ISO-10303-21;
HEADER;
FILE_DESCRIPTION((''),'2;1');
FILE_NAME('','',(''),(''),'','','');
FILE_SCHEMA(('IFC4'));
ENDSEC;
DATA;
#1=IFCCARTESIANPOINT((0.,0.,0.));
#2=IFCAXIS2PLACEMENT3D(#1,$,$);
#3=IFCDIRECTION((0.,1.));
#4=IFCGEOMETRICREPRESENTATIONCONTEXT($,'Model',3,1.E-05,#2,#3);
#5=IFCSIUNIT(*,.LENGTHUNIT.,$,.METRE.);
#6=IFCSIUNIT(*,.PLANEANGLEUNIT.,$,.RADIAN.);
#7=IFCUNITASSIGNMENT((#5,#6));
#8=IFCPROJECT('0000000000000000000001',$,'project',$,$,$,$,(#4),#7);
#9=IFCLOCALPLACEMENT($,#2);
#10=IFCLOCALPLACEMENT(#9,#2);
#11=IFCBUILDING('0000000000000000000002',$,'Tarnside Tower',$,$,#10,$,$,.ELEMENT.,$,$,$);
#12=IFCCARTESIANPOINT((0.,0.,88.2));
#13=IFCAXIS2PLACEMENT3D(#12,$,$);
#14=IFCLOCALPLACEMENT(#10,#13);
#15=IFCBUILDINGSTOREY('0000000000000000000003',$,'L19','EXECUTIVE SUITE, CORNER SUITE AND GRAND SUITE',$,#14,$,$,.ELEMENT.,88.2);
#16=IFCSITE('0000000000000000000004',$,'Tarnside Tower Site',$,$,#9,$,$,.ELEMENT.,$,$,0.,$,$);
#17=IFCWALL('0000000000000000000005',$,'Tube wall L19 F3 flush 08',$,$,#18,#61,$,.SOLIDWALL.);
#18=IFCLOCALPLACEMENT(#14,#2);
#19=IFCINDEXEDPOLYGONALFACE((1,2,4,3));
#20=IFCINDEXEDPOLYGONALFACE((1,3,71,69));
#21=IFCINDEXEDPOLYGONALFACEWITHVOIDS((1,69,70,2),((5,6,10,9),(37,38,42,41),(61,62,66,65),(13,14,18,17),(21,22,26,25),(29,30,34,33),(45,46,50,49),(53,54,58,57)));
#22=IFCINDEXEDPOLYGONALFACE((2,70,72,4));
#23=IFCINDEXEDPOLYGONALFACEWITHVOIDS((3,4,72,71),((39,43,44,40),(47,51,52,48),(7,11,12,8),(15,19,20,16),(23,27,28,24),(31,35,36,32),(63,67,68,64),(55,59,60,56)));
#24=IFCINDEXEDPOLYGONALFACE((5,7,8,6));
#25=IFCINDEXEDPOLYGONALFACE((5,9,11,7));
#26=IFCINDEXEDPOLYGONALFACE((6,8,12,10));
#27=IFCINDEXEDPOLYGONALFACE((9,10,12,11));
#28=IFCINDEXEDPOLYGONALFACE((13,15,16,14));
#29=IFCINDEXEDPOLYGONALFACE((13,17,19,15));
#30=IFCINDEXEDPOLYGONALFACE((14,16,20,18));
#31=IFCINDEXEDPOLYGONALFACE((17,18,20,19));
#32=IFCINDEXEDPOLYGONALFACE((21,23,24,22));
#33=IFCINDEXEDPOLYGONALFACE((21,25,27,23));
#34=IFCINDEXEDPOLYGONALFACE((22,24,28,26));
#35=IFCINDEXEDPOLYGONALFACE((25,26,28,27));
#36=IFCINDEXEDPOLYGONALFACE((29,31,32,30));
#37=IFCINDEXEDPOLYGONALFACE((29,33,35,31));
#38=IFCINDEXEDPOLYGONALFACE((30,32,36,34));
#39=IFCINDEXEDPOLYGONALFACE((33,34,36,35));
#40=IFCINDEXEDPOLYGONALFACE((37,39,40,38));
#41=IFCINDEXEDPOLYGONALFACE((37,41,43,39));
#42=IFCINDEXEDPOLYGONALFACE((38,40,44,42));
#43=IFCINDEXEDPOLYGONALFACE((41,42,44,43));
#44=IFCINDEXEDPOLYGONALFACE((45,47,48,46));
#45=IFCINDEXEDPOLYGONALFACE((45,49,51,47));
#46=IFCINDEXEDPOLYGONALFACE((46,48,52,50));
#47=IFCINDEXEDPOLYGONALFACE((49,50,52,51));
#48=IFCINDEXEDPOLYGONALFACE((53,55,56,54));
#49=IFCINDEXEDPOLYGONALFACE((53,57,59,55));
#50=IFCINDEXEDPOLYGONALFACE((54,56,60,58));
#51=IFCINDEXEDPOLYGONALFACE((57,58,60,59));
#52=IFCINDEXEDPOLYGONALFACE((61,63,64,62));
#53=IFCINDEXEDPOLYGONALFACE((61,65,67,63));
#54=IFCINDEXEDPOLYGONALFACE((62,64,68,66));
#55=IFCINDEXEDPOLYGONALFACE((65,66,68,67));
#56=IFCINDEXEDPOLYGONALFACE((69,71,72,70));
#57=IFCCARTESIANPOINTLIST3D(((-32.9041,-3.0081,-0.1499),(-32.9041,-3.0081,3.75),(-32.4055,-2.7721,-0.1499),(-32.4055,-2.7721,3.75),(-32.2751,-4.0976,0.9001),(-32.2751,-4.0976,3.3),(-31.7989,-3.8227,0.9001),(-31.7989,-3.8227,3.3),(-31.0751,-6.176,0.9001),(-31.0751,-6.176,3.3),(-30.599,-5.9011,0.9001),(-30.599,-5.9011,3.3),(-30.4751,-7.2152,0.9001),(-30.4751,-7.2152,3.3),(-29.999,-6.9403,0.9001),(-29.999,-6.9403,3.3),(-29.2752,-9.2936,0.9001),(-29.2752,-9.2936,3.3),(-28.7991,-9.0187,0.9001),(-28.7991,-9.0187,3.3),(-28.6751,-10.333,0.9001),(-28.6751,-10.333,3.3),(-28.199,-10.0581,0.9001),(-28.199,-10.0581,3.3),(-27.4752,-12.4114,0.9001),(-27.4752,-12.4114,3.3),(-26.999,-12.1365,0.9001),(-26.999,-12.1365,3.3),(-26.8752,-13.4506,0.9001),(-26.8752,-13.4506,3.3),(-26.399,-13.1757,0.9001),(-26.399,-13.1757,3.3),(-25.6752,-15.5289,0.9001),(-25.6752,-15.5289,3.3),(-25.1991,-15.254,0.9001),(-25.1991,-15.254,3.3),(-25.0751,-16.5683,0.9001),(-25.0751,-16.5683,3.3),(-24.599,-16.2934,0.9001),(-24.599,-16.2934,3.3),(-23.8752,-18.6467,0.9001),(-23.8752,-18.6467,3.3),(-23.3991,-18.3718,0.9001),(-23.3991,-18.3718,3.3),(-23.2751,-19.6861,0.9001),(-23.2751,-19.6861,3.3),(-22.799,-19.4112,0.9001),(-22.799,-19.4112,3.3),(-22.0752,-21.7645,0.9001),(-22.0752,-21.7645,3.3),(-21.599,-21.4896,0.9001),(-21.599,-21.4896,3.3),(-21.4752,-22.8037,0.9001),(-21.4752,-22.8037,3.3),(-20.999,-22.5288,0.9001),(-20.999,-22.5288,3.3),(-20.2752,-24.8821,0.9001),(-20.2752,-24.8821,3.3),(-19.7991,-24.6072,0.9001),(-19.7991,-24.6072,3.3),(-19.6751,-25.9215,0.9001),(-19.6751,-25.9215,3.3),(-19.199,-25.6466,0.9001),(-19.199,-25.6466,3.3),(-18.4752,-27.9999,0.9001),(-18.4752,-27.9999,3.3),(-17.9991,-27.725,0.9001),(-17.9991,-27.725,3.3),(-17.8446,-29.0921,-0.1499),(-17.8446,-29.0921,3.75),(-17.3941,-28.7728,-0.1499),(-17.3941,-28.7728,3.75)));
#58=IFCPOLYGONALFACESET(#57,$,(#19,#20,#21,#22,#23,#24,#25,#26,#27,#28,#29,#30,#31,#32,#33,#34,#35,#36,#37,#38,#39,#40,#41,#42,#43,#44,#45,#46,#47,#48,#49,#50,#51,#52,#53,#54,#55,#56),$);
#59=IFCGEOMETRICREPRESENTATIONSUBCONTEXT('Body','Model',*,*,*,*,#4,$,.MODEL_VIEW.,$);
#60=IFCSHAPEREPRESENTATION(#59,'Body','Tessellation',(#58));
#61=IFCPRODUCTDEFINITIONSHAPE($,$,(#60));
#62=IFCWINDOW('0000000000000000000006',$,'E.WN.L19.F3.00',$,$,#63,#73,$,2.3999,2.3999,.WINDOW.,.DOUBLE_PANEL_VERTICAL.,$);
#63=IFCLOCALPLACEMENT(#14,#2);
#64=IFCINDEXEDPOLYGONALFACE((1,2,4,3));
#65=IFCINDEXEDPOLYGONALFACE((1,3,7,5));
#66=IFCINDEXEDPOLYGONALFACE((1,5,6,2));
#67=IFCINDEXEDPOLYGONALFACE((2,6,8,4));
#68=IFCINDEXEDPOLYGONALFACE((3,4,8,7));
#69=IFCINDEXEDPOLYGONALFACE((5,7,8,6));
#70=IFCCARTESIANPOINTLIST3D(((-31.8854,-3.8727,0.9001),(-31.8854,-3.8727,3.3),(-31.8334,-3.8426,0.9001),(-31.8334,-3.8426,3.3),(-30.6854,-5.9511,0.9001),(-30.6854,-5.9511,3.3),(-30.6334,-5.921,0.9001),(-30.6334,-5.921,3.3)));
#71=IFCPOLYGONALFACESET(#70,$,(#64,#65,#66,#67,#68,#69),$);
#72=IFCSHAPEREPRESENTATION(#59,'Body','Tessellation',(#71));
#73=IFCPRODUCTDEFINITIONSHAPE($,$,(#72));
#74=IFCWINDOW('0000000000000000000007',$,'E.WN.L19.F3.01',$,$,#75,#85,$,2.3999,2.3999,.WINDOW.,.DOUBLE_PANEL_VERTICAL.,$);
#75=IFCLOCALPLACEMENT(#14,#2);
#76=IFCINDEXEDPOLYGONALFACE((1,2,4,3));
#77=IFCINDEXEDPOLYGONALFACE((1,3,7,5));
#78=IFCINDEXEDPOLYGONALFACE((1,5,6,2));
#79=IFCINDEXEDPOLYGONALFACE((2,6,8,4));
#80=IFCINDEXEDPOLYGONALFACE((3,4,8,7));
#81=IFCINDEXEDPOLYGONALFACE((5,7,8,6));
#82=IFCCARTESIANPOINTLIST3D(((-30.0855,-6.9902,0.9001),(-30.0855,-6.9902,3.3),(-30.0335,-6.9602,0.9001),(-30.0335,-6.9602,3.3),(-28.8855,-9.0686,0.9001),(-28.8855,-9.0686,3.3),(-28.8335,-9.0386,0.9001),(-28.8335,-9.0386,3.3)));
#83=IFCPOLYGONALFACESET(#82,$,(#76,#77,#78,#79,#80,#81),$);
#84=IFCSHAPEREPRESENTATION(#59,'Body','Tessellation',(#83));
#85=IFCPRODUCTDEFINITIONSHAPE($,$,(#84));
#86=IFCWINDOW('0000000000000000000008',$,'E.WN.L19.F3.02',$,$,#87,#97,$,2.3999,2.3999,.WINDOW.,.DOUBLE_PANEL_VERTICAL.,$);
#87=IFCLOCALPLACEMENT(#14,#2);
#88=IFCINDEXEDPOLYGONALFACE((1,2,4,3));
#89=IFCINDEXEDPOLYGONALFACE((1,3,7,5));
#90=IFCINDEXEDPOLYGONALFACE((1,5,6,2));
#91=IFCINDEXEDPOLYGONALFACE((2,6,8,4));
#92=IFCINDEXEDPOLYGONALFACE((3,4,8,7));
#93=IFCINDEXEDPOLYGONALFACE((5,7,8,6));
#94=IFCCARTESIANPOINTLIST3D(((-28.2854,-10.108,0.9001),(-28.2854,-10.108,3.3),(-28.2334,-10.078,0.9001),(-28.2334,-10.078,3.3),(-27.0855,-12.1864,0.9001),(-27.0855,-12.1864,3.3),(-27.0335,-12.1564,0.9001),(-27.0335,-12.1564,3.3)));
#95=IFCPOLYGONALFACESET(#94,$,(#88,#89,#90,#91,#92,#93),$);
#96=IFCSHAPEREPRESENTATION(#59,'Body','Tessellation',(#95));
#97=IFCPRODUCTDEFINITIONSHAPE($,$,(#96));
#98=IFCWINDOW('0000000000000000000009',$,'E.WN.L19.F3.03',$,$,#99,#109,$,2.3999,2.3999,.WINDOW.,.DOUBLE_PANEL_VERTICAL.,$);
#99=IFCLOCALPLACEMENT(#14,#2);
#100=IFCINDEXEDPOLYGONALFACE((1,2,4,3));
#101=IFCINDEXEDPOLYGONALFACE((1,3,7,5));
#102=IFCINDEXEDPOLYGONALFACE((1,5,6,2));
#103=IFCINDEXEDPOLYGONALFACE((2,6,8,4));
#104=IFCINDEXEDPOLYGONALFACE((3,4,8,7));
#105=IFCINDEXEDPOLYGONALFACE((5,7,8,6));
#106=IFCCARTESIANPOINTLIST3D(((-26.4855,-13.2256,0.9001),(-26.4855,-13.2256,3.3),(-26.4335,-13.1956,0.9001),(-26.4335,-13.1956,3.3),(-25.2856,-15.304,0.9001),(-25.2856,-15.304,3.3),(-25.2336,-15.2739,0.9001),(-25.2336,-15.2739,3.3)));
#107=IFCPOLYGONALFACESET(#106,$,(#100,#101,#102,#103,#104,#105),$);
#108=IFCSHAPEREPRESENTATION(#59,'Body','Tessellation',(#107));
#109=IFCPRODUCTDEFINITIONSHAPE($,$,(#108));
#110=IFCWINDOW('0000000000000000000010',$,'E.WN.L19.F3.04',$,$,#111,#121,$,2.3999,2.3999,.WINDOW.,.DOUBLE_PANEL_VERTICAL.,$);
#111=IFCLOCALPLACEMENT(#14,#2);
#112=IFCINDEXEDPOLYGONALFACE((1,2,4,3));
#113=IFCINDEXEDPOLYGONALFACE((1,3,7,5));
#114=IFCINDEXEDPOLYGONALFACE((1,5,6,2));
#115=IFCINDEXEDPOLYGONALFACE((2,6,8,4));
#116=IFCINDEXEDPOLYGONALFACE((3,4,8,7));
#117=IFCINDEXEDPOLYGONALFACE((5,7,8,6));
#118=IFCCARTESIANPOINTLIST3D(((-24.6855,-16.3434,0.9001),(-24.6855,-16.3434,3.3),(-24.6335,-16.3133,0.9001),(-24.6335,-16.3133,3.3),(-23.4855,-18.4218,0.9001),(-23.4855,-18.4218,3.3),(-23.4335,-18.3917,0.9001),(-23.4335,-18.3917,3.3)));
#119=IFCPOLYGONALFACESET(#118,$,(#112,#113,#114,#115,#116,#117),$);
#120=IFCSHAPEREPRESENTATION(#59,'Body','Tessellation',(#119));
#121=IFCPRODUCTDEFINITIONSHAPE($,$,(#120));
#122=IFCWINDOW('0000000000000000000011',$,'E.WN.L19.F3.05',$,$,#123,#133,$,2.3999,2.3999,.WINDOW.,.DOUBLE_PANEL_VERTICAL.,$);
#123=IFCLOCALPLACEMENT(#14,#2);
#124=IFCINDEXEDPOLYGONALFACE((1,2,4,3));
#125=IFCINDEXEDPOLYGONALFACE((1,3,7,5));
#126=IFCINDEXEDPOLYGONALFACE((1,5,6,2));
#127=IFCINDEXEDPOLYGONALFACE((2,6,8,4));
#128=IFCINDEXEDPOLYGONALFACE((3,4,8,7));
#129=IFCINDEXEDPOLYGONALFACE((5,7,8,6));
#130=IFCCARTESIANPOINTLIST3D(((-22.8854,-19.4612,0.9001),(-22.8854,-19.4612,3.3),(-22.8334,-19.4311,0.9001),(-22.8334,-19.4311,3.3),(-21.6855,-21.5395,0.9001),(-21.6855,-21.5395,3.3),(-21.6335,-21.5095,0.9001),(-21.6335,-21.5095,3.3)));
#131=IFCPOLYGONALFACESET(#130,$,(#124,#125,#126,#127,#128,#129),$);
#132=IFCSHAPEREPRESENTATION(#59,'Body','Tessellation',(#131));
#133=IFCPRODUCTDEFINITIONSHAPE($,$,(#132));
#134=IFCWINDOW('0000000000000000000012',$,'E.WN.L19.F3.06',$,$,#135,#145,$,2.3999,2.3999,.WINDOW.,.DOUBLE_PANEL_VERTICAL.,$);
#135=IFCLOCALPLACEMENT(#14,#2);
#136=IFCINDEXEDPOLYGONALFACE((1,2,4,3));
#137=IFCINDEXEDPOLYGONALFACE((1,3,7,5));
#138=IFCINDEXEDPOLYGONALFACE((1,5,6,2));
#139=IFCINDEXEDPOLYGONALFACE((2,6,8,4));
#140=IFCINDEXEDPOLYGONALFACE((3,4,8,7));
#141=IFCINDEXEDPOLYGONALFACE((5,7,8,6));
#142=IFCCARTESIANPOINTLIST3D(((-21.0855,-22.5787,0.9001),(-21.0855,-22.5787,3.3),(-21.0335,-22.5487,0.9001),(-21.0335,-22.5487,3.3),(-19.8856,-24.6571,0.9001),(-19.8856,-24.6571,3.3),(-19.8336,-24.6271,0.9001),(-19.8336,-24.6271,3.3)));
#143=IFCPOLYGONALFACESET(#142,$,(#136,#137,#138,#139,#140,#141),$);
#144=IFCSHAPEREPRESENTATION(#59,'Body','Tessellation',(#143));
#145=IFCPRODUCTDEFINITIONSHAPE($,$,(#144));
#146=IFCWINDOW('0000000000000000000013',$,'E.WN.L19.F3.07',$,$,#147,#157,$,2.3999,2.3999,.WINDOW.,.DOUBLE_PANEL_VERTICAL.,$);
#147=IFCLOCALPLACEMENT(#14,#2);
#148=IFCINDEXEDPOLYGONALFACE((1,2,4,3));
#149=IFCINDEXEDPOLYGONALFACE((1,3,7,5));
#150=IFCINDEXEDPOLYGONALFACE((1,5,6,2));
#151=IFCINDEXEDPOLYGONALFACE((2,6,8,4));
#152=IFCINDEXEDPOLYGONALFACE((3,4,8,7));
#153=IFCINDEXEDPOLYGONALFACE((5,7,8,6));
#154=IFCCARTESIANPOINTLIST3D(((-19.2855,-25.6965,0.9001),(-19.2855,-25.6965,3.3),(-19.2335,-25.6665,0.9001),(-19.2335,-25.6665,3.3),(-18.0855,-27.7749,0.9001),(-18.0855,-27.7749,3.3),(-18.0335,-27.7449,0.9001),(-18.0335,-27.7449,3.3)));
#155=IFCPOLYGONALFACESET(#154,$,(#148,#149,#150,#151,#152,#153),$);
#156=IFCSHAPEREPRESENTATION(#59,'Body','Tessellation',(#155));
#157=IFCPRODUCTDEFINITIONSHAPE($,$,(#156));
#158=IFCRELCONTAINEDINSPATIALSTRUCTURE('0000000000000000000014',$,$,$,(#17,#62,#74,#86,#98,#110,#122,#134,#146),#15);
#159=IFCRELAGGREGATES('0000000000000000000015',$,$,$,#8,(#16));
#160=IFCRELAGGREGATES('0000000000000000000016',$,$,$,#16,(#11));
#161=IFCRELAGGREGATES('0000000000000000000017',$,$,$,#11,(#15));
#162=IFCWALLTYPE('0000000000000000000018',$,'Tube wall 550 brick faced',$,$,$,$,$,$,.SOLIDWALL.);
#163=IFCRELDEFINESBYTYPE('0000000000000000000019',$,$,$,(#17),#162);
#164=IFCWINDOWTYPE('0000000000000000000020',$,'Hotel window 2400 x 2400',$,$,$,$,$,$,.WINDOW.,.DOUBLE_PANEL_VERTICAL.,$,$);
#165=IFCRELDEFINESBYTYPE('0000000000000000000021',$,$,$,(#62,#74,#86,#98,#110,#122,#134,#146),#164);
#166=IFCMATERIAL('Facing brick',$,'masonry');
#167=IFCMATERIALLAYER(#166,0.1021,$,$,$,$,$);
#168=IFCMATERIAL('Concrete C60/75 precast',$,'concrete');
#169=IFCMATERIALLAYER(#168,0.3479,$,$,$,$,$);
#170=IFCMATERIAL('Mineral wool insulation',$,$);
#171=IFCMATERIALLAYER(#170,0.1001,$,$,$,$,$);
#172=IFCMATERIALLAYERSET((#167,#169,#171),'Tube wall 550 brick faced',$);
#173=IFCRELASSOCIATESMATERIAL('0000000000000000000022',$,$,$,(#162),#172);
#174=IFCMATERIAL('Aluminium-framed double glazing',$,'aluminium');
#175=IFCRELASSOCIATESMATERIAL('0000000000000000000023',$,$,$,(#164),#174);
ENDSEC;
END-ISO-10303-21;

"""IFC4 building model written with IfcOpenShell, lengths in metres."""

from ifc_helpers import new_model, si_unit, direction, frame, frame_2d, origin, place, context, subcontext, project, spatial, polyline, rectangle, outline, extrude, material, layer, layer_set, type_object, element, fill, save


model = new_model("IFC4")

# Units and contexts
model_context = context("Model", 3, precision=1e-05, world=origin(), true_north=direction((0.0, 1.0)))
body_context = subcontext(model_context, "Body", "Model", "MODEL_VIEW")
ifc_project = project(units=[si_unit("LENGTHUNIT", "METRE"), si_unit("PLANEANGLEUNIT", "RADIAN")], contexts=[model_context])

# Site, building, storey
site_placement = place(None, origin())
site = spatial("IfcSite", under=ifc_project, at=site_placement, Name="Tarnside Tower Site", CompositionType="ELEMENT", RefElevation=0.0)
building_placement = place(site_placement, origin())
building = spatial("IfcBuilding", under=site, at=building_placement, Name="Tarnside Tower", CompositionType="ELEMENT")
storey_placement = place(building_placement, frame((0.0, 0.0, 88.2)))
storey = spatial("IfcBuildingStorey", under=building, at=storey_placement, Name="L19", Description="EXECUTIVE SUITE, CORNER SUITE AND GRAND SUITE", CompositionType="ELEMENT", Elevation=88.2)

# Shared definitions
ifc_material_1 = material(Name="Facing brick", Category="masonry")
ifc_layer_1 = layer(ifc_material_1, 0.1021)
ifc_material_2 = material(Name="Concrete C60/75 precast", Category="concrete")
ifc_layer_2 = layer(ifc_material_2, 0.3479)
ifc_material_3 = material(Name="Mineral wool insulation")
ifc_layer_3 = layer(ifc_material_3, 0.1001)
ifc_layer_set_1 = layer_set([ifc_layer_1, ifc_layer_2, ifc_layer_3], Name="Tube wall 550 brick faced")
wall_type_1 = type_object("IfcWallType", Name="Tube wall 550 brick faced", PredefinedType="SOLIDWALL", material=ifc_layer_set_1)

# Wall, openings, windows
wall_1_placement = place(storey_placement, frame((-32.6548, -2.8901, -0.1499), z_axis=(0.0, 0.0, 1.0), x_axis=(0.499998, -0.866027, 0.0)))
wall_1 = element("IfcWall", 1, at=wall_1_placement, inside=storey, type_object=wall_type_1, Name="Tube wall L19 F3 flush 08", PredefinedType="SOLIDWALL", context=body_context, shape_type="SweptSolid", body=[
    extrude(outline(polyline([(-0.0225, -0.2749), (30.0967, -0.2749), (30.0454, 0.2749), (0.0225, 0.2749), (-0.0225, -0.2749)])), origin(), (0.0, 0.0, 1.0), 3.8999),
])
opening_1_placement = place(wall_1_placement, frame((1.2356, 0.0, 1.05)))
opening_1 = element("IfcOpeningElement", 2, at=opening_1_placement, cuts=wall_1, PredefinedType="OPENING", context=body_context, shape_type="SweptSolid", body=[
    extrude(rectangle(XDim=2.3999, YDim=2.3999, at=frame_2d((1.2, 1.2))), frame((0.0, 0.2852, 0.0), z_axis=(0.0, -1.0, 0.0), x_axis=(1.0, 0.0, 0.0)), (0.0, 0.0, 1.0), 0.5701),
])
opening_2_placement = place(wall_1_placement, frame((4.8354, 0.0, 1.05)))
opening_2 = element("IfcOpeningElement", 3, at=opening_2_placement, cuts=wall_1, PredefinedType="OPENING", context=body_context, shape_type="SweptSolid", body=[
    extrude(rectangle(XDim=2.3999, YDim=2.3999, at=frame_2d((1.2, 1.2))), frame((0.0, 0.2852, 0.0), z_axis=(0.0, -1.0, 0.0), x_axis=(1.0, 0.0, 0.0)), (0.0, 0.0, 1.0), 0.5701),
])
opening_3_placement = place(wall_1_placement, frame((8.4355, 0.0, 1.05)))
opening_3 = element("IfcOpeningElement", 4, at=opening_3_placement, cuts=wall_1, PredefinedType="OPENING", context=body_context, shape_type="SweptSolid", body=[
    extrude(rectangle(XDim=2.3999, YDim=2.3999, at=frame_2d((1.2, 1.2))), frame((0.0, 0.2852, 0.0), z_axis=(0.0, -1.0, 0.0), x_axis=(1.0, 0.0, 0.0)), (0.0, 0.0, 1.0), 0.5701),
])
opening_4_placement = place(wall_1_placement, frame((12.0354, 0.0, 1.05)))
opening_4 = element("IfcOpeningElement", 5, at=opening_4_placement, cuts=wall_1, PredefinedType="OPENING", context=body_context, shape_type="SweptSolid", body=[
    extrude(rectangle(XDim=2.3999, YDim=2.3999, at=frame_2d((1.2, 1.2))), frame((0.0, 0.2852, 0.0), z_axis=(0.0, -1.0, 0.0), x_axis=(1.0, 0.0, 0.0)), (0.0, 0.0, 1.0), 0.5701),
])
opening_5_placement = place(wall_1_placement, frame((15.6355, 0.0, 1.05)))
opening_5 = element("IfcOpeningElement", 6, at=opening_5_placement, cuts=wall_1, PredefinedType="OPENING", context=body_context, shape_type="SweptSolid", body=[
    extrude(rectangle(XDim=2.3999, YDim=2.3999, at=frame_2d((1.2, 1.2))), frame((0.0, 0.2852, 0.0), z_axis=(0.0, -1.0, 0.0), x_axis=(1.0, 0.0, 0.0)), (0.0, 0.0, 1.0), 0.5701),
])
opening_6_placement = place(wall_1_placement, frame((19.2356, 0.0, 1.05)))
opening_6 = element("IfcOpeningElement", 7, at=opening_6_placement, cuts=wall_1, PredefinedType="OPENING", context=body_context, shape_type="SweptSolid", body=[
    extrude(rectangle(XDim=2.3999, YDim=2.3999, at=frame_2d((1.2, 1.2))), frame((0.0, 0.2852, 0.0), z_axis=(0.0, -1.0, 0.0), x_axis=(1.0, 0.0, 0.0)), (0.0, 0.0, 1.0), 0.5701),
])
opening_7_placement = place(wall_1_placement, frame((22.8354, 0.0, 1.05)))
opening_7 = element("IfcOpeningElement", 8, at=opening_7_placement, cuts=wall_1, PredefinedType="OPENING", context=body_context, shape_type="SweptSolid", body=[
    extrude(rectangle(XDim=2.3999, YDim=2.3999, at=frame_2d((1.2, 1.2))), frame((0.0, 0.2852, 0.0), z_axis=(0.0, -1.0, 0.0), x_axis=(1.0, 0.0, 0.0)), (0.0, 0.0, 1.0), 0.5701),
])
opening_8_placement = place(wall_1_placement, frame((26.4355, 0.0, 1.05)))
opening_8 = element("IfcOpeningElement", 9, at=opening_8_placement, cuts=wall_1, PredefinedType="OPENING", context=body_context, shape_type="SweptSolid", body=[
    extrude(rectangle(XDim=2.3999, YDim=2.3999, at=frame_2d((1.2, 1.2))), frame((0.0, 0.2852, 0.0), z_axis=(0.0, -1.0, 0.0), x_axis=(1.0, 0.0, 0.0)), (0.0, 0.0, 1.0), 0.5701),
])
ifc_material_4 = material(Name="Aluminium-framed double glazing", Category="aluminium")
window_type = type_object("IfcWindowType", Name="Hotel window 2400 x 2400", PartitioningType="DOUBLE_PANEL_VERTICAL", PredefinedType="WINDOW", material=ifc_material_4)
window_1_placement = place(opening_1_placement, frame((0.0, 0.2051, 0.0)))
window_1 = element("IfcWindow", 10, at=window_1_placement, inside=storey, type_object=window_type, Name="E.WN.L19.F3.00", OverallHeight=2.3999, OverallWidth=2.3999, PartitioningType="DOUBLE_PANEL_VERTICAL", PredefinedType="WINDOW", context=body_context, shape_type="SweptSolid", body=[
    extrude(rectangle(XDim=2.3999, YDim=2.3999, at=frame_2d((1.2, 1.2))), frame((0.0, 0.03, 0.0), z_axis=(0.0, -1.0, 0.0), x_axis=(1.0, 0.0, 0.0)), (0.0, 0.0, 1.0), 0.0601),
])
fill(opening_1, window_1)
window_2_placement = place(opening_2_placement, frame((0.0, 0.2051, 0.0)))
window_2 = element("IfcWindow", 11, at=window_2_placement, inside=storey, type_object=window_type, Name="E.WN.L19.F3.01", OverallHeight=2.3999, OverallWidth=2.3999, PartitioningType="DOUBLE_PANEL_VERTICAL", PredefinedType="WINDOW", context=body_context, shape_type="SweptSolid", body=[
    extrude(rectangle(XDim=2.3999, YDim=2.3999, at=frame_2d((1.2, 1.2))), frame((0.0, 0.03, 0.0), z_axis=(0.0, -1.0, 0.0), x_axis=(1.0, 0.0, 0.0)), (0.0, 0.0, 1.0), 0.0601),
])
fill(opening_2, window_2)
window_3_placement = place(opening_3_placement, frame((0.0, 0.2051, 0.0)))
window_3 = element("IfcWindow", 12, at=window_3_placement, inside=storey, type_object=window_type, Name="E.WN.L19.F3.02", OverallHeight=2.3999, OverallWidth=2.3999, PartitioningType="DOUBLE_PANEL_VERTICAL", PredefinedType="WINDOW", context=body_context, shape_type="SweptSolid", body=[
    extrude(rectangle(XDim=2.3999, YDim=2.3999, at=frame_2d((1.2, 1.2))), frame((0.0, 0.03, 0.0), z_axis=(0.0, -1.0, 0.0), x_axis=(1.0, 0.0, 0.0)), (0.0, 0.0, 1.0), 0.0601),
])
fill(opening_3, window_3)
window_4_placement = place(opening_4_placement, frame((0.0, 0.2051, 0.0)))
window_4 = element("IfcWindow", 13, at=window_4_placement, inside=storey, type_object=window_type, Name="E.WN.L19.F3.03", OverallHeight=2.3999, OverallWidth=2.3999, PartitioningType="DOUBLE_PANEL_VERTICAL", PredefinedType="WINDOW", context=body_context, shape_type="SweptSolid", body=[
    extrude(rectangle(XDim=2.3999, YDim=2.3999, at=frame_2d((1.2, 1.2))), frame((0.0, 0.03, 0.0), z_axis=(0.0, -1.0, 0.0), x_axis=(1.0, 0.0, 0.0)), (0.0, 0.0, 1.0), 0.0601),
])
fill(opening_4, window_4)
window_5_placement = place(opening_5_placement, frame((0.0, 0.2051, 0.0)))
window_5 = element("IfcWindow", 14, at=window_5_placement, inside=storey, type_object=window_type, Name="E.WN.L19.F3.04", OverallHeight=2.3999, OverallWidth=2.3999, PartitioningType="DOUBLE_PANEL_VERTICAL", PredefinedType="WINDOW", context=body_context, shape_type="SweptSolid", body=[
    extrude(rectangle(XDim=2.3999, YDim=2.3999, at=frame_2d((1.2, 1.2))), frame((0.0, 0.03, 0.0), z_axis=(0.0, -1.0, 0.0), x_axis=(1.0, 0.0, 0.0)), (0.0, 0.0, 1.0), 0.0601),
])
fill(opening_5, window_5)
window_6_placement = place(opening_6_placement, frame((0.0, 0.2051, 0.0)))
window_6 = element("IfcWindow", 15, at=window_6_placement, inside=storey, type_object=window_type, Name="E.WN.L19.F3.05", OverallHeight=2.3999, OverallWidth=2.3999, PartitioningType="DOUBLE_PANEL_VERTICAL", PredefinedType="WINDOW", context=body_context, shape_type="SweptSolid", body=[
    extrude(rectangle(XDim=2.3999, YDim=2.3999, at=frame_2d((1.2, 1.2))), frame((0.0, 0.03, 0.0), z_axis=(0.0, -1.0, 0.0), x_axis=(1.0, 0.0, 0.0)), (0.0, 0.0, 1.0), 0.0601),
])
fill(opening_6, window_6)
window_7_placement = place(opening_7_placement, frame((0.0, 0.2051, 0.0)))
window_7 = element("IfcWindow", 16, at=window_7_placement, inside=storey, type_object=window_type, Name="E.WN.L19.F3.06", OverallHeight=2.3999, OverallWidth=2.3999, PartitioningType="DOUBLE_PANEL_VERTICAL", PredefinedType="WINDOW", context=body_context, shape_type="SweptSolid", body=[
    extrude(rectangle(XDim=2.3999, YDim=2.3999, at=frame_2d((1.2, 1.2))), frame((0.0, 0.03, 0.0), z_axis=(0.0, -1.0, 0.0), x_axis=(1.0, 0.0, 0.0)), (0.0, 0.0, 1.0), 0.0601),
])
fill(opening_7, window_7)
window_8_placement = place(opening_8_placement, frame((0.0, 0.2051, 0.0)))
window_8 = element("IfcWindow", 17, at=window_8_placement, inside=storey, type_object=window_type, Name="E.WN.L19.F3.07", OverallHeight=2.3999, OverallWidth=2.3999, PartitioningType="DOUBLE_PANEL_VERTICAL", PredefinedType="WINDOW", context=body_context, shape_type="SweptSolid", body=[
    extrude(rectangle(XDim=2.3999, YDim=2.3999, at=frame_2d((1.2, 1.2))), frame((0.0, 0.03, 0.0), z_axis=(0.0, -1.0, 0.0), x_axis=(1.0, 0.0, 0.0)), (0.0, 0.0, 1.0), 0.0601),
])
fill(opening_8, window_8)

save(model, "model.ifc")
